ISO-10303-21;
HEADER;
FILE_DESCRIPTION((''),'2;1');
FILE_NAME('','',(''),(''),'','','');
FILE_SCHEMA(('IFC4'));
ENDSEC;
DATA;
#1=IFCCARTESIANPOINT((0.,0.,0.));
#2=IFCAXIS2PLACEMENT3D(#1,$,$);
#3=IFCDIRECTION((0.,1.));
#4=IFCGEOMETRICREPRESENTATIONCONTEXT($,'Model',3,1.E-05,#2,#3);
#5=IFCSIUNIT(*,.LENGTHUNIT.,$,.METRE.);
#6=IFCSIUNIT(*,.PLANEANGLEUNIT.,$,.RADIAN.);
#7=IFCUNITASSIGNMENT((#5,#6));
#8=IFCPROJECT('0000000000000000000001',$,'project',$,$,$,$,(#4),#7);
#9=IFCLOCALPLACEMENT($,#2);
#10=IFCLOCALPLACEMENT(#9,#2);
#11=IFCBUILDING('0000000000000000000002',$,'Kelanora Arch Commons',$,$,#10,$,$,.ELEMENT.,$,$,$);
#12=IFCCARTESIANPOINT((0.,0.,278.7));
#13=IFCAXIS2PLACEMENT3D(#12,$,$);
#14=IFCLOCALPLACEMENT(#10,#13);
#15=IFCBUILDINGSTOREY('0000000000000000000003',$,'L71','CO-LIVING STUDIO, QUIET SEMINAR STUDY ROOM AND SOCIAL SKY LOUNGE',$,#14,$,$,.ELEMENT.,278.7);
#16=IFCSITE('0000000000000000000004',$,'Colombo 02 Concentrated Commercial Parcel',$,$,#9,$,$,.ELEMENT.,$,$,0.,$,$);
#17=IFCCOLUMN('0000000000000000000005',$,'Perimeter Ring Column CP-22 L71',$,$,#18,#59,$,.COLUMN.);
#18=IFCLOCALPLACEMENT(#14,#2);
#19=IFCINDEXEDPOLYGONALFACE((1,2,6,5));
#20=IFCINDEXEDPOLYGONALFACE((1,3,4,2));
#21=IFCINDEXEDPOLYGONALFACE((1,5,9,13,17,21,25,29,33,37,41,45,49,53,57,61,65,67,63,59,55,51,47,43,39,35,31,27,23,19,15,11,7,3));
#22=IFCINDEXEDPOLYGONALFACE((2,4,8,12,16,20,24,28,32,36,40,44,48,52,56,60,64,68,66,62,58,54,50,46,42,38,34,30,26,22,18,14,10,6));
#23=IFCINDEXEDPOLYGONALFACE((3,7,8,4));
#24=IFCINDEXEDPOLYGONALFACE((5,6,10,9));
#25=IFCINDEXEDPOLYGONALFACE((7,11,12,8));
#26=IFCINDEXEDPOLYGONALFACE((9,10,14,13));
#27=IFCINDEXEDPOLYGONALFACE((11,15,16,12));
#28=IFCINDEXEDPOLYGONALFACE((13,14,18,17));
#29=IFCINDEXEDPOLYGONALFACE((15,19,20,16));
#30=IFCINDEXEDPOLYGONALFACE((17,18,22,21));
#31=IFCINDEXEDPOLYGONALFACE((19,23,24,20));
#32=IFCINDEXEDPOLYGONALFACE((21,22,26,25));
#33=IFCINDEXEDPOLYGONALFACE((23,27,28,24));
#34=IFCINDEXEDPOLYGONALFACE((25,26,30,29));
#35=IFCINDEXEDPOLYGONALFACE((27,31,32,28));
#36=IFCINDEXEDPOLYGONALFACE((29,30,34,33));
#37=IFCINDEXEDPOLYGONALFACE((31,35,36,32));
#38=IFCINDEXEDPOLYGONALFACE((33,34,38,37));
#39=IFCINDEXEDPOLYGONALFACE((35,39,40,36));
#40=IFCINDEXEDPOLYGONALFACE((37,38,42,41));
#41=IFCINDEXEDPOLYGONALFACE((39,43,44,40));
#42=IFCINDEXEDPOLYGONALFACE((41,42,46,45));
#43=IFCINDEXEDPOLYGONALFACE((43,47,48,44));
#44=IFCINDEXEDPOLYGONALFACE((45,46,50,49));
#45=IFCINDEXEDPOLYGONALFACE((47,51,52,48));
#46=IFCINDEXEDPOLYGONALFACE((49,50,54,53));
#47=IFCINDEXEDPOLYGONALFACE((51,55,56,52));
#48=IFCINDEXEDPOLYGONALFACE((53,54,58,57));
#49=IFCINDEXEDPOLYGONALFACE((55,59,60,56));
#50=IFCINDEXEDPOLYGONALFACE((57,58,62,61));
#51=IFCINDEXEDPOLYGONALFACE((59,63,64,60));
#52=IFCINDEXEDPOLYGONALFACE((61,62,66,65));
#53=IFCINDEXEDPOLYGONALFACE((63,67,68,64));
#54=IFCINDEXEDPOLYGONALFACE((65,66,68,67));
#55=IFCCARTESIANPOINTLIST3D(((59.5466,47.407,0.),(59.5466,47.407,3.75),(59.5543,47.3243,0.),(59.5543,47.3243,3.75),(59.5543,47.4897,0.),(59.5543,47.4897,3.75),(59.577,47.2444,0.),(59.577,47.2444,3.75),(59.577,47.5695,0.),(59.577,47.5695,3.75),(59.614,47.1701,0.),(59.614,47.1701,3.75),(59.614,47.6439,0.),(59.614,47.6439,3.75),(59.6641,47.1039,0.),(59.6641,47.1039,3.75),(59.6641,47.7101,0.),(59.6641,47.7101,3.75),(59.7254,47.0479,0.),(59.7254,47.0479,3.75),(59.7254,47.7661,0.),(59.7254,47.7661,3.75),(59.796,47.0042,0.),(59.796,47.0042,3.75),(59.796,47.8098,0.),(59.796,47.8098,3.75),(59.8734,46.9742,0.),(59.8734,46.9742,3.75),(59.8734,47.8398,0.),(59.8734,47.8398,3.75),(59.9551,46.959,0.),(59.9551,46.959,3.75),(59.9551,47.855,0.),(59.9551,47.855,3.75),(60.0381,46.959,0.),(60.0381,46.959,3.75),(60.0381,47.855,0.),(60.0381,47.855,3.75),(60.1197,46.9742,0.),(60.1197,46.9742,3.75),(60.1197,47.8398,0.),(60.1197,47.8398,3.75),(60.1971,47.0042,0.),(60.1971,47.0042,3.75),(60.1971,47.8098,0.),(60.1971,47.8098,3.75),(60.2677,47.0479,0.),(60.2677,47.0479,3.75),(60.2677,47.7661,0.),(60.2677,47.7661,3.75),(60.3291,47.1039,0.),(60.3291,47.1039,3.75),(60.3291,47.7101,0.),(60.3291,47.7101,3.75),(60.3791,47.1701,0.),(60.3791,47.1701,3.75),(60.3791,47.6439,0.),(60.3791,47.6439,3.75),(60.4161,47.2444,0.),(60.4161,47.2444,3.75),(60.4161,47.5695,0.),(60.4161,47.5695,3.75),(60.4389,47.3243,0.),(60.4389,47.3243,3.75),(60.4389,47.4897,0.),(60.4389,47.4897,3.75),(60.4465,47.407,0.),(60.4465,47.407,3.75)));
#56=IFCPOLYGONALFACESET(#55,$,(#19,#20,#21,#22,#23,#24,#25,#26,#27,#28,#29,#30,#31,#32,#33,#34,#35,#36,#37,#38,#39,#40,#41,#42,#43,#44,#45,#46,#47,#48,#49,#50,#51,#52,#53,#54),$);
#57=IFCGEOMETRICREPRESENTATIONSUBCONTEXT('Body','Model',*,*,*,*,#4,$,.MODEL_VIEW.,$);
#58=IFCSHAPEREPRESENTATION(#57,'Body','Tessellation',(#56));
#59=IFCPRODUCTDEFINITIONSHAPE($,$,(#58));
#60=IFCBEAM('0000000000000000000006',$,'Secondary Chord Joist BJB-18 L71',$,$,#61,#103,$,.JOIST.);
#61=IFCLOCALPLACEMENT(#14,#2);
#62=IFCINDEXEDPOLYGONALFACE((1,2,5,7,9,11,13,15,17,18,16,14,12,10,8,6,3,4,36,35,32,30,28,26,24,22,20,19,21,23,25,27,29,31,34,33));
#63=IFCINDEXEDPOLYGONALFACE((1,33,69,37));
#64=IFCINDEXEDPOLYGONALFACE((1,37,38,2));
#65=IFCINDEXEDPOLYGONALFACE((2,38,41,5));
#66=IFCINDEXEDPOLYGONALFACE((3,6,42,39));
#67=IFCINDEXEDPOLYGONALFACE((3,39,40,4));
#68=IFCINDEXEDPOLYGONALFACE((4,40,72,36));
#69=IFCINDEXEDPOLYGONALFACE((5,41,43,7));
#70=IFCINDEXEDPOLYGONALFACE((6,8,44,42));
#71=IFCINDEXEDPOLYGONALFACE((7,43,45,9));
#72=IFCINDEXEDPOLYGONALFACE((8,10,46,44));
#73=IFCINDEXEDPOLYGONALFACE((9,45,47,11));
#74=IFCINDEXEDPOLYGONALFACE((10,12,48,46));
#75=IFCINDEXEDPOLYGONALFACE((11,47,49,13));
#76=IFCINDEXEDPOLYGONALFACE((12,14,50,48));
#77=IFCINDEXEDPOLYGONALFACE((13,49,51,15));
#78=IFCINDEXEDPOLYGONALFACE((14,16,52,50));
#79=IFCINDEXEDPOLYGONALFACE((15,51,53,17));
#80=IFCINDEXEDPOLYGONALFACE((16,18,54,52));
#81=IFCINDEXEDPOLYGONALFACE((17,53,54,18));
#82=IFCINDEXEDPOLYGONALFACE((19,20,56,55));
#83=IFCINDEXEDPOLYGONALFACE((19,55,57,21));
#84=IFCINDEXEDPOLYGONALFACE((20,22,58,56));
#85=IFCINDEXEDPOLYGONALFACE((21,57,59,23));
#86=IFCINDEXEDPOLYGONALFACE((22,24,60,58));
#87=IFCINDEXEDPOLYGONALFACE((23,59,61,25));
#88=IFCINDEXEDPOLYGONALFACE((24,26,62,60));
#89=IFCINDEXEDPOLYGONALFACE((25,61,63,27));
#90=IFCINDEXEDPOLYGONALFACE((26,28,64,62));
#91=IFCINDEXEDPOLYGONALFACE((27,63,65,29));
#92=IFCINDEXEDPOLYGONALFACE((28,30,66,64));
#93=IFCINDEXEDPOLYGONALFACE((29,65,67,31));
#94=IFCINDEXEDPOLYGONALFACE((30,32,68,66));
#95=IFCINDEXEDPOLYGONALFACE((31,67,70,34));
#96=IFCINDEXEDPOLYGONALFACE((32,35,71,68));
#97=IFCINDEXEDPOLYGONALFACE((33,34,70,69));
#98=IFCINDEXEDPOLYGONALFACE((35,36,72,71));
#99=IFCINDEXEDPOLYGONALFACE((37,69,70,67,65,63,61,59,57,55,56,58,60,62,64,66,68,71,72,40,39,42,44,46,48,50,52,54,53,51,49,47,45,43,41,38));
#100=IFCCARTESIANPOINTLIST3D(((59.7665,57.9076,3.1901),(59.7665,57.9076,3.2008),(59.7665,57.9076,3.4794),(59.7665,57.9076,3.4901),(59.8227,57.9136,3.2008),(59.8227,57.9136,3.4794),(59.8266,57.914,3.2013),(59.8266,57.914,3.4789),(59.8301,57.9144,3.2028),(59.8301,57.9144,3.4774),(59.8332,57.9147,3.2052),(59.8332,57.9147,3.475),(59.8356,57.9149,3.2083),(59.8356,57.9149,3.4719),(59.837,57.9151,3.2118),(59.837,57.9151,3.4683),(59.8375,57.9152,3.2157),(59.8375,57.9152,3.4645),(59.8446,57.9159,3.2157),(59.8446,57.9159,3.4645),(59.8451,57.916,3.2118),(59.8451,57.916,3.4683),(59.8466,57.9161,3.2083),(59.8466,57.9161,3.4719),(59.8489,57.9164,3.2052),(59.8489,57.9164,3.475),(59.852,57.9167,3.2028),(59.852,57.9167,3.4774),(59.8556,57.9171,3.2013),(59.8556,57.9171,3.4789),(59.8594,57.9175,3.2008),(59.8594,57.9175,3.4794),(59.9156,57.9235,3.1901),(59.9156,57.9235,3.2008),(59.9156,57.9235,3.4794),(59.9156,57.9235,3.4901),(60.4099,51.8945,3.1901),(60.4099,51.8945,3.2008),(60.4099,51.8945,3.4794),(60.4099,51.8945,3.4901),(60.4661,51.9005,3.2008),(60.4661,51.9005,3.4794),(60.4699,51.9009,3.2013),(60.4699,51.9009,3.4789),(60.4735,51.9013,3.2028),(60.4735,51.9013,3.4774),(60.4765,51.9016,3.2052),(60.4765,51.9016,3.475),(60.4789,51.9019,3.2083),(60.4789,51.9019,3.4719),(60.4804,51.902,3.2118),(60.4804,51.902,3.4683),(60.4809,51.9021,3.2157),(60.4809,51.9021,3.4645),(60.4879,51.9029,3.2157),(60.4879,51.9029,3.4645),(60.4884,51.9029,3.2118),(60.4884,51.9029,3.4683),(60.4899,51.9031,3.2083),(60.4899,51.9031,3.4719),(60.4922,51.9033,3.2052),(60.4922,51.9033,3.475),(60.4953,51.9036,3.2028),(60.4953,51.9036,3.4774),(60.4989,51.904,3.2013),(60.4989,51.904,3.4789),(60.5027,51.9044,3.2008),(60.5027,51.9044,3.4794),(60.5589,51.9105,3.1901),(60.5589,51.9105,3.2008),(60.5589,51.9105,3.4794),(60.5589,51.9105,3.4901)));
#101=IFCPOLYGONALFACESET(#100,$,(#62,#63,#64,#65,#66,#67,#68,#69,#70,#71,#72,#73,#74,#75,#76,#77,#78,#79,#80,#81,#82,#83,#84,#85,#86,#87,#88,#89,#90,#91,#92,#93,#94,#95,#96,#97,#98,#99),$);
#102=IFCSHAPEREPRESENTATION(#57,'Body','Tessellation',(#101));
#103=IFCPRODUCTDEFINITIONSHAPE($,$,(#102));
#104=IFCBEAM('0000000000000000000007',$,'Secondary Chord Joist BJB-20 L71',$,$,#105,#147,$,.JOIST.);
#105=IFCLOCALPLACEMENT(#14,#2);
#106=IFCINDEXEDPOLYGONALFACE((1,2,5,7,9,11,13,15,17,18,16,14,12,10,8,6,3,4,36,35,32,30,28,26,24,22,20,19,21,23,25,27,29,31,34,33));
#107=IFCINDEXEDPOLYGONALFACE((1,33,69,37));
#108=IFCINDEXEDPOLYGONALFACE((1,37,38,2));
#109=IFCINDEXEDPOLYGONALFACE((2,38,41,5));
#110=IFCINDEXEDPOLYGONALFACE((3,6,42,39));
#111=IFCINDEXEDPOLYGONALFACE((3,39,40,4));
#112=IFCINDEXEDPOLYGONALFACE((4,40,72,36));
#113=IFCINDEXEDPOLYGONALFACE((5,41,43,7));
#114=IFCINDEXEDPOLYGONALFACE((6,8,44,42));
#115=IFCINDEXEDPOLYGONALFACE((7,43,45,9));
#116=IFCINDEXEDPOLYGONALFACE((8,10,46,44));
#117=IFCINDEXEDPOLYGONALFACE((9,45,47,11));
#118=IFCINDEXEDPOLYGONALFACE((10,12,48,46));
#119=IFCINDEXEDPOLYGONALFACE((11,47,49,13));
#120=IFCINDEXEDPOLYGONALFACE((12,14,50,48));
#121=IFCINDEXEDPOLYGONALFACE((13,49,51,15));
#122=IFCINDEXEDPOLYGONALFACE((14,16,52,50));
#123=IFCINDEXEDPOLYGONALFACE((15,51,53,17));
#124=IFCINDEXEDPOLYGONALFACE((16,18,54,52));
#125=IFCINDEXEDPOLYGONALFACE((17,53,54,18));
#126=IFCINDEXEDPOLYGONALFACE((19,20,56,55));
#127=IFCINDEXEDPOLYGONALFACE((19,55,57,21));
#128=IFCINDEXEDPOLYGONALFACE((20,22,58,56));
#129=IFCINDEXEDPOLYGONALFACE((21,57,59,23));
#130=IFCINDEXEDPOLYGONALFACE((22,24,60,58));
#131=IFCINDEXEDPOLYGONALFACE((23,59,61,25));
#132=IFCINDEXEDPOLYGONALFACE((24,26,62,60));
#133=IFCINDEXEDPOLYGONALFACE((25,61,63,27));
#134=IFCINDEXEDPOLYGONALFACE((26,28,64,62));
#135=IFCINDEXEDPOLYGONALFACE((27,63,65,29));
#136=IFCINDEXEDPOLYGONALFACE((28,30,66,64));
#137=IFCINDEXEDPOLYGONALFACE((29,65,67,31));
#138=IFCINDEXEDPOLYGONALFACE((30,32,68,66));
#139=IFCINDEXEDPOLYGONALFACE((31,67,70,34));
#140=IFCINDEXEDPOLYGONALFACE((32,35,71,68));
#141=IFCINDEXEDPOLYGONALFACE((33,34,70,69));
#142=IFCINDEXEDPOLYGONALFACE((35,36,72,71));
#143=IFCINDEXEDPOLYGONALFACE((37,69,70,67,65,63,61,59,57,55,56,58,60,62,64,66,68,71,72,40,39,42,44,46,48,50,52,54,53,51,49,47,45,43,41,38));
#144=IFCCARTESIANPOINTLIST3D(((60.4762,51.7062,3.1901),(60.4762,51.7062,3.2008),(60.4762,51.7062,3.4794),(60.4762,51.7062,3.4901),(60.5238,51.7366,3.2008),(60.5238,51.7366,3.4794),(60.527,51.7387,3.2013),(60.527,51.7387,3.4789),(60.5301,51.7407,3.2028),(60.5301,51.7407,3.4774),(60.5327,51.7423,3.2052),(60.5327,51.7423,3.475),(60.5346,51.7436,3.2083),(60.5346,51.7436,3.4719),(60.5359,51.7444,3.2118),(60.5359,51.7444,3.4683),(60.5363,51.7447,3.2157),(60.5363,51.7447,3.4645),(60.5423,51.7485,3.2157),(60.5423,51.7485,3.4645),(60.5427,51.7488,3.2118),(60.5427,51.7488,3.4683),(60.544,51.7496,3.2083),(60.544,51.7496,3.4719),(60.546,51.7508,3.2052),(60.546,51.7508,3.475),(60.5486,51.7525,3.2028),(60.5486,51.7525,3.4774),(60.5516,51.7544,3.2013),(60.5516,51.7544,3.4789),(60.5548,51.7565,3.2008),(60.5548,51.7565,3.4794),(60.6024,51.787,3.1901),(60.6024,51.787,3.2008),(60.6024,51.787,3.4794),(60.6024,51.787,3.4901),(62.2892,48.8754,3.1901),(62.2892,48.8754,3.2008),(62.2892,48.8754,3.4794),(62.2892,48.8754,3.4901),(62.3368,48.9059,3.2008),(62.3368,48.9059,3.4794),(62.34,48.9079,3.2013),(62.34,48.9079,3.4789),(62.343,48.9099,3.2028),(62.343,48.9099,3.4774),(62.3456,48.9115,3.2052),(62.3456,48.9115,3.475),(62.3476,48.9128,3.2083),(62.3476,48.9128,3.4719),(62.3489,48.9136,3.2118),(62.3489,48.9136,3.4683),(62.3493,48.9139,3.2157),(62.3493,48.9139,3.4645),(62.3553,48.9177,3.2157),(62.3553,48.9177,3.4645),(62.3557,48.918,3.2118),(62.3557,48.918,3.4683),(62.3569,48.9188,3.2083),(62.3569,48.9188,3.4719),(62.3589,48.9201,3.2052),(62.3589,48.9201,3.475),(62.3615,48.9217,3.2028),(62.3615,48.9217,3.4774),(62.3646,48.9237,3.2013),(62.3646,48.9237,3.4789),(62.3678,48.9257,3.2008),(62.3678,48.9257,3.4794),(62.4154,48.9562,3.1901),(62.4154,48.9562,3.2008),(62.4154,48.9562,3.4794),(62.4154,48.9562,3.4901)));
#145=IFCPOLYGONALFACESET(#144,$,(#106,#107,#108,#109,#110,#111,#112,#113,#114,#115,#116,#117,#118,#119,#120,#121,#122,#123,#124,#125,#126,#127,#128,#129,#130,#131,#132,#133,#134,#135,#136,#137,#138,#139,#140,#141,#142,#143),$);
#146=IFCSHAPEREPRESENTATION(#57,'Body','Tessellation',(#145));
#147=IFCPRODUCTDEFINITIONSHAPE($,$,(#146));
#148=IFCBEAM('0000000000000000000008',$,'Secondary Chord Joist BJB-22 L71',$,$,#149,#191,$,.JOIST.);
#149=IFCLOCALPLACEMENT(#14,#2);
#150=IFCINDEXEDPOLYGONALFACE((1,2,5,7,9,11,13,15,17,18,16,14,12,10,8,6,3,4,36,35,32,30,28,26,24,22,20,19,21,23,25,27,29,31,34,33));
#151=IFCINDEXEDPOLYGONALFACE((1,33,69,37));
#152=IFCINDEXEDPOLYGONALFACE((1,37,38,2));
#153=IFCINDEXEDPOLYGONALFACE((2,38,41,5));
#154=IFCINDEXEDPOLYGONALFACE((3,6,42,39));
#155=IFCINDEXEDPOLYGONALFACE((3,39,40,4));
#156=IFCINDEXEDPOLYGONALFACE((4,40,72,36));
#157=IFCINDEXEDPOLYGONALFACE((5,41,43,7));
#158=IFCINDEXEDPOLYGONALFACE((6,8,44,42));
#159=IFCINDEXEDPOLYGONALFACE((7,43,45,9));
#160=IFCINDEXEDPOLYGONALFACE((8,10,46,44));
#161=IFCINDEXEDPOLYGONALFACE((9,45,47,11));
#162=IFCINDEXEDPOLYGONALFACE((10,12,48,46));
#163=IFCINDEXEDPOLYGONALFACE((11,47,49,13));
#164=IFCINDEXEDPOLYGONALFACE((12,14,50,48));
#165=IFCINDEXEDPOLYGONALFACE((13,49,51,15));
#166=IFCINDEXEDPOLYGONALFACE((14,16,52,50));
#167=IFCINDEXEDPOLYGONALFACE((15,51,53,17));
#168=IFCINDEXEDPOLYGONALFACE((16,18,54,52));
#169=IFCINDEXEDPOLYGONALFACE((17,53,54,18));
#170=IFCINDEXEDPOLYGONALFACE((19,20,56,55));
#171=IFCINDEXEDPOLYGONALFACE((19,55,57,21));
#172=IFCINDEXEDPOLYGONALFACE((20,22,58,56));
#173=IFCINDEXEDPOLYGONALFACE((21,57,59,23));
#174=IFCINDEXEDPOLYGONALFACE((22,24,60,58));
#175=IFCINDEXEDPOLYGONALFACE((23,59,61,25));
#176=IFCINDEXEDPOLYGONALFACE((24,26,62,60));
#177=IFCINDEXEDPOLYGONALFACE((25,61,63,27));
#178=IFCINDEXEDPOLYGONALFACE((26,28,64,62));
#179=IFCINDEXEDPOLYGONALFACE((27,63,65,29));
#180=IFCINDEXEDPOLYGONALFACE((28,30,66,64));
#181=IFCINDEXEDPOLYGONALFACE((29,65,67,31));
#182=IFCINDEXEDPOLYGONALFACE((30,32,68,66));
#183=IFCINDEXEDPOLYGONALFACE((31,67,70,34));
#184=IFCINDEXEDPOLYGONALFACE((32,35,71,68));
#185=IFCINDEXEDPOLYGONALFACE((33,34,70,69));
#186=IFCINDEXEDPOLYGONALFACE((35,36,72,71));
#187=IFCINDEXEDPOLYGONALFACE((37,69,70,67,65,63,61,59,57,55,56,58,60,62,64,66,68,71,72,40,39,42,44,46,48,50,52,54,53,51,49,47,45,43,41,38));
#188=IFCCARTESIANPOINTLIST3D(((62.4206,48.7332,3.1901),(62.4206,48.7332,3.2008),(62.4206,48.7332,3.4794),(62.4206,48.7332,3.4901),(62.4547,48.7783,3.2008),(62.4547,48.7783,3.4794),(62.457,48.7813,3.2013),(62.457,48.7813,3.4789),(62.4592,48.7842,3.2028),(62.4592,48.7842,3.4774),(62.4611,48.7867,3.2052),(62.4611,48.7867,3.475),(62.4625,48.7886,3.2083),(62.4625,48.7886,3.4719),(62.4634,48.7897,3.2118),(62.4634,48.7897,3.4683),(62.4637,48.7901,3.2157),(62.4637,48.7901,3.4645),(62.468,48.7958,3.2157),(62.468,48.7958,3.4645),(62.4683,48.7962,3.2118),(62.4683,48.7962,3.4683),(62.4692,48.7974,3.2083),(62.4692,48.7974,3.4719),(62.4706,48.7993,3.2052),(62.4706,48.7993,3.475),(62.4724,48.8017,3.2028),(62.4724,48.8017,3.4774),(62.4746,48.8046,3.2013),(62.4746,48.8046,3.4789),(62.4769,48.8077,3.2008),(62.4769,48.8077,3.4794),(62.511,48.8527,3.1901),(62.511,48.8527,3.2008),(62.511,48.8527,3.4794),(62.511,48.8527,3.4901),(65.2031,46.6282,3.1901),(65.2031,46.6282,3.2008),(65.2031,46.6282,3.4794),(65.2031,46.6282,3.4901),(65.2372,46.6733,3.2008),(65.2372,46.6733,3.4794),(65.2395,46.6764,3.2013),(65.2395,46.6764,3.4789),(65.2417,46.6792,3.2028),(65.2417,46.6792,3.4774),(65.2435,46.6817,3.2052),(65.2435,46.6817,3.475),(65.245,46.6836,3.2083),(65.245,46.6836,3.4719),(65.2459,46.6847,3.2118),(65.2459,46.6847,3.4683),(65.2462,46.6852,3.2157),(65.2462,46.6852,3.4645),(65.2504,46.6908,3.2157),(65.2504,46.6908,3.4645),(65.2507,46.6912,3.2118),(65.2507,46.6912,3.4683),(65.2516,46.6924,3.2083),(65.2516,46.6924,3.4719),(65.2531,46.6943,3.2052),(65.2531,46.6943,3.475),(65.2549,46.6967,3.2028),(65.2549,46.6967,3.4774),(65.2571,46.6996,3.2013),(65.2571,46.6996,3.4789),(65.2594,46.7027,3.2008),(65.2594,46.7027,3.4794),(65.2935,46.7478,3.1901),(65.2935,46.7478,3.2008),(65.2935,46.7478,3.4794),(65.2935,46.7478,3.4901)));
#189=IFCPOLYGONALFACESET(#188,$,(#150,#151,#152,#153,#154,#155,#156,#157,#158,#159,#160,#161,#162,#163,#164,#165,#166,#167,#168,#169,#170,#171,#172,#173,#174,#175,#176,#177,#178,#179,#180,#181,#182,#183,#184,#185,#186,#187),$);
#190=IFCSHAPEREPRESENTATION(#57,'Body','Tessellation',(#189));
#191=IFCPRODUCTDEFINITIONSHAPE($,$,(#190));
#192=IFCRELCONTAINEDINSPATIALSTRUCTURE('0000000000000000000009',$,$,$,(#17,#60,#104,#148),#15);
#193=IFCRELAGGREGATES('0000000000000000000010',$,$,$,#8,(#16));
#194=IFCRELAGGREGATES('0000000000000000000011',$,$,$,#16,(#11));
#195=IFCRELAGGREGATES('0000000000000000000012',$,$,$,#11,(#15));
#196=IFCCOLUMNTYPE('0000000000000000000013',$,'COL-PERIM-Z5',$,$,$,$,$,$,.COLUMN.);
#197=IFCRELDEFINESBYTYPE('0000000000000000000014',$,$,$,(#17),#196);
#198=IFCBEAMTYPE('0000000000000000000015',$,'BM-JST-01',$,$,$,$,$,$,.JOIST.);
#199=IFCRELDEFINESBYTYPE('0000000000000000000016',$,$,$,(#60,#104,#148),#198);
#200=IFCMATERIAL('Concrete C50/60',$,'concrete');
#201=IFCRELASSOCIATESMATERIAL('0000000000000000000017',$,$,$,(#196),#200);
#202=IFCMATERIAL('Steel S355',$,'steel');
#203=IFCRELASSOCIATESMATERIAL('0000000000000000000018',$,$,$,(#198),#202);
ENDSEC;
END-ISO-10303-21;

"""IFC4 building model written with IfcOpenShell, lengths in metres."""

from ifc_helpers import new_model, si_unit, direction, frame, origin, origin_2d, place, context, subcontext, project, spatial, circle, i_section, extrude, material, material_profile, profile_set, type_object, element, save


model = new_model("IFC4")

# Units and contexts
model_context = context("Model", 3, precision=1e-05, world=origin(), true_north=direction((0.0, 1.0)))
body_context = subcontext(model_context, "Body", "Model", "MODEL_VIEW")
ifc_project = project(units=[si_unit("LENGTHUNIT", "METRE"), si_unit("PLANEANGLEUNIT", "RADIAN")], contexts=[model_context])

# Site, building, storey
site_placement = place(None, origin())
site = spatial("IfcSite", under=ifc_project, at=site_placement, Name="Colombo 02 Concentrated Commercial Parcel", CompositionType="ELEMENT", RefElevation=0.0)
building_placement = place(site_placement, origin())
building = spatial("IfcBuilding", under=site, at=building_placement, Name="Kelanora Arch Commons", CompositionType="ELEMENT")
storey_placement = place(building_placement, frame((0.0, 0.0, 278.7)))
storey = spatial("IfcBuildingStorey", under=building, at=storey_placement, Name="L71", Description="CO-LIVING STUDIO, QUIET SEMINAR STUDY ROOM AND SOCIAL SKY LOUNGE", CompositionType="ELEMENT", Elevation=278.7)

# Column
ifc_material_1 = material(Name="Concrete C50/60", Category="concrete")
ifc_material_profile_1 = material_profile(ifc_material_1, circle(Radius=0.45, at=origin_2d()), Name="RCC900")
ifc_profile_set_1 = profile_set([ifc_material_profile_1], Name="Concrete C50/60")
column_type = type_object("IfcColumnType", Name="COL-PERIM-Z5", PredefinedType="COLUMN", material=ifc_profile_set_1)
column_placement = place(storey_placement, frame((59.9966, 47.407, 0.0), z_axis=(0.0, 0.0, 1.0), x_axis=(1.0, 0.0, 0.0)))
element("IfcColumn", 1, at=column_placement, inside=storey, type_object=column_type, Name="Perimeter Ring Column CP-22 L71", PredefinedType="COLUMN", context=body_context, shape_type="SweptSolid", body=[
    extrude(circle(Radius=0.45, at=origin_2d()), origin(), (0.0, 0.0, 1.0), 3.75),
])

# Beams
ifc_material_2 = material(Name="Steel S355", Category="steel")
ifc_material_profile_2 = material_profile(ifc_material_2, i_section(OverallWidth=0.1499, OverallDepth=0.3, WebThickness=0.0071, FlangeThickness=0.0107, FilletRadius=0.0149, at=origin_2d()), Name="IPE300")
ifc_profile_set_2 = profile_set([ifc_material_profile_2], Name="Steel S355")
beam_type_1 = type_object("IfcBeamType", Name="BM-JST-01", PredefinedType="JOIST", material=ifc_profile_set_2)
beam_1_placement = place(storey_placement, frame((59.8411, 57.9155, 3.3401), z_axis=(0.106381, -0.994325, 0.0), x_axis=(0.994325, 0.106381, 0.0)))
element("IfcBeam", 2, at=beam_1_placement, inside=storey, type_object=beam_type_1, Name="Secondary Chord Joist BJB-18 L71", PredefinedType="JOIST", context=body_context, shape_type="SweptSolid", body=[
    extrude(i_section(OverallWidth=0.1499, OverallDepth=0.3, WebThickness=0.0071, FlangeThickness=0.0107, FilletRadius=0.0149, at=origin_2d()), origin(), (0.0, 0.0, 1.0), 6.0474),
])
beam_2_placement = place(storey_placement, frame((60.5393, 51.7466, 3.3401), z_axis=(0.539322, -0.8421, 0.0), x_axis=(0.8421, 0.539322, 0.0)))
element("IfcBeam", 3, at=beam_2_placement, inside=storey, type_object=beam_type_1, Name="Secondary Chord Joist BJB-20 L71", PredefinedType="JOIST", context=body_context, shape_type="SweptSolid", body=[
    extrude(i_section(OverallWidth=0.1499, OverallDepth=0.3, WebThickness=0.0071, FlangeThickness=0.0107, FilletRadius=0.0149, at=origin_2d()), origin(), (0.0, 0.0, 1.0), 3.3616),
])
beam_3_placement = place(storey_placement, frame((62.4658, 48.793, 3.3401), z_axis=(0.797499, -0.60332, 0.0), x_axis=(0.60332, 0.797499, 0.0)))
element("IfcBeam", 4, at=beam_3_placement, inside=storey, type_object=beam_type_1, Name="Secondary Chord Joist BJB-22 L71", PredefinedType="JOIST", context=body_context, shape_type="SweptSolid", body=[
    extrude(i_section(OverallWidth=0.1499, OverallDepth=0.3, WebThickness=0.0071, FlangeThickness=0.0107, FilletRadius=0.0149, at=origin_2d()), origin(), (0.0, 0.0, 1.0), 3.489),
])

save(model, "model.ifc")
